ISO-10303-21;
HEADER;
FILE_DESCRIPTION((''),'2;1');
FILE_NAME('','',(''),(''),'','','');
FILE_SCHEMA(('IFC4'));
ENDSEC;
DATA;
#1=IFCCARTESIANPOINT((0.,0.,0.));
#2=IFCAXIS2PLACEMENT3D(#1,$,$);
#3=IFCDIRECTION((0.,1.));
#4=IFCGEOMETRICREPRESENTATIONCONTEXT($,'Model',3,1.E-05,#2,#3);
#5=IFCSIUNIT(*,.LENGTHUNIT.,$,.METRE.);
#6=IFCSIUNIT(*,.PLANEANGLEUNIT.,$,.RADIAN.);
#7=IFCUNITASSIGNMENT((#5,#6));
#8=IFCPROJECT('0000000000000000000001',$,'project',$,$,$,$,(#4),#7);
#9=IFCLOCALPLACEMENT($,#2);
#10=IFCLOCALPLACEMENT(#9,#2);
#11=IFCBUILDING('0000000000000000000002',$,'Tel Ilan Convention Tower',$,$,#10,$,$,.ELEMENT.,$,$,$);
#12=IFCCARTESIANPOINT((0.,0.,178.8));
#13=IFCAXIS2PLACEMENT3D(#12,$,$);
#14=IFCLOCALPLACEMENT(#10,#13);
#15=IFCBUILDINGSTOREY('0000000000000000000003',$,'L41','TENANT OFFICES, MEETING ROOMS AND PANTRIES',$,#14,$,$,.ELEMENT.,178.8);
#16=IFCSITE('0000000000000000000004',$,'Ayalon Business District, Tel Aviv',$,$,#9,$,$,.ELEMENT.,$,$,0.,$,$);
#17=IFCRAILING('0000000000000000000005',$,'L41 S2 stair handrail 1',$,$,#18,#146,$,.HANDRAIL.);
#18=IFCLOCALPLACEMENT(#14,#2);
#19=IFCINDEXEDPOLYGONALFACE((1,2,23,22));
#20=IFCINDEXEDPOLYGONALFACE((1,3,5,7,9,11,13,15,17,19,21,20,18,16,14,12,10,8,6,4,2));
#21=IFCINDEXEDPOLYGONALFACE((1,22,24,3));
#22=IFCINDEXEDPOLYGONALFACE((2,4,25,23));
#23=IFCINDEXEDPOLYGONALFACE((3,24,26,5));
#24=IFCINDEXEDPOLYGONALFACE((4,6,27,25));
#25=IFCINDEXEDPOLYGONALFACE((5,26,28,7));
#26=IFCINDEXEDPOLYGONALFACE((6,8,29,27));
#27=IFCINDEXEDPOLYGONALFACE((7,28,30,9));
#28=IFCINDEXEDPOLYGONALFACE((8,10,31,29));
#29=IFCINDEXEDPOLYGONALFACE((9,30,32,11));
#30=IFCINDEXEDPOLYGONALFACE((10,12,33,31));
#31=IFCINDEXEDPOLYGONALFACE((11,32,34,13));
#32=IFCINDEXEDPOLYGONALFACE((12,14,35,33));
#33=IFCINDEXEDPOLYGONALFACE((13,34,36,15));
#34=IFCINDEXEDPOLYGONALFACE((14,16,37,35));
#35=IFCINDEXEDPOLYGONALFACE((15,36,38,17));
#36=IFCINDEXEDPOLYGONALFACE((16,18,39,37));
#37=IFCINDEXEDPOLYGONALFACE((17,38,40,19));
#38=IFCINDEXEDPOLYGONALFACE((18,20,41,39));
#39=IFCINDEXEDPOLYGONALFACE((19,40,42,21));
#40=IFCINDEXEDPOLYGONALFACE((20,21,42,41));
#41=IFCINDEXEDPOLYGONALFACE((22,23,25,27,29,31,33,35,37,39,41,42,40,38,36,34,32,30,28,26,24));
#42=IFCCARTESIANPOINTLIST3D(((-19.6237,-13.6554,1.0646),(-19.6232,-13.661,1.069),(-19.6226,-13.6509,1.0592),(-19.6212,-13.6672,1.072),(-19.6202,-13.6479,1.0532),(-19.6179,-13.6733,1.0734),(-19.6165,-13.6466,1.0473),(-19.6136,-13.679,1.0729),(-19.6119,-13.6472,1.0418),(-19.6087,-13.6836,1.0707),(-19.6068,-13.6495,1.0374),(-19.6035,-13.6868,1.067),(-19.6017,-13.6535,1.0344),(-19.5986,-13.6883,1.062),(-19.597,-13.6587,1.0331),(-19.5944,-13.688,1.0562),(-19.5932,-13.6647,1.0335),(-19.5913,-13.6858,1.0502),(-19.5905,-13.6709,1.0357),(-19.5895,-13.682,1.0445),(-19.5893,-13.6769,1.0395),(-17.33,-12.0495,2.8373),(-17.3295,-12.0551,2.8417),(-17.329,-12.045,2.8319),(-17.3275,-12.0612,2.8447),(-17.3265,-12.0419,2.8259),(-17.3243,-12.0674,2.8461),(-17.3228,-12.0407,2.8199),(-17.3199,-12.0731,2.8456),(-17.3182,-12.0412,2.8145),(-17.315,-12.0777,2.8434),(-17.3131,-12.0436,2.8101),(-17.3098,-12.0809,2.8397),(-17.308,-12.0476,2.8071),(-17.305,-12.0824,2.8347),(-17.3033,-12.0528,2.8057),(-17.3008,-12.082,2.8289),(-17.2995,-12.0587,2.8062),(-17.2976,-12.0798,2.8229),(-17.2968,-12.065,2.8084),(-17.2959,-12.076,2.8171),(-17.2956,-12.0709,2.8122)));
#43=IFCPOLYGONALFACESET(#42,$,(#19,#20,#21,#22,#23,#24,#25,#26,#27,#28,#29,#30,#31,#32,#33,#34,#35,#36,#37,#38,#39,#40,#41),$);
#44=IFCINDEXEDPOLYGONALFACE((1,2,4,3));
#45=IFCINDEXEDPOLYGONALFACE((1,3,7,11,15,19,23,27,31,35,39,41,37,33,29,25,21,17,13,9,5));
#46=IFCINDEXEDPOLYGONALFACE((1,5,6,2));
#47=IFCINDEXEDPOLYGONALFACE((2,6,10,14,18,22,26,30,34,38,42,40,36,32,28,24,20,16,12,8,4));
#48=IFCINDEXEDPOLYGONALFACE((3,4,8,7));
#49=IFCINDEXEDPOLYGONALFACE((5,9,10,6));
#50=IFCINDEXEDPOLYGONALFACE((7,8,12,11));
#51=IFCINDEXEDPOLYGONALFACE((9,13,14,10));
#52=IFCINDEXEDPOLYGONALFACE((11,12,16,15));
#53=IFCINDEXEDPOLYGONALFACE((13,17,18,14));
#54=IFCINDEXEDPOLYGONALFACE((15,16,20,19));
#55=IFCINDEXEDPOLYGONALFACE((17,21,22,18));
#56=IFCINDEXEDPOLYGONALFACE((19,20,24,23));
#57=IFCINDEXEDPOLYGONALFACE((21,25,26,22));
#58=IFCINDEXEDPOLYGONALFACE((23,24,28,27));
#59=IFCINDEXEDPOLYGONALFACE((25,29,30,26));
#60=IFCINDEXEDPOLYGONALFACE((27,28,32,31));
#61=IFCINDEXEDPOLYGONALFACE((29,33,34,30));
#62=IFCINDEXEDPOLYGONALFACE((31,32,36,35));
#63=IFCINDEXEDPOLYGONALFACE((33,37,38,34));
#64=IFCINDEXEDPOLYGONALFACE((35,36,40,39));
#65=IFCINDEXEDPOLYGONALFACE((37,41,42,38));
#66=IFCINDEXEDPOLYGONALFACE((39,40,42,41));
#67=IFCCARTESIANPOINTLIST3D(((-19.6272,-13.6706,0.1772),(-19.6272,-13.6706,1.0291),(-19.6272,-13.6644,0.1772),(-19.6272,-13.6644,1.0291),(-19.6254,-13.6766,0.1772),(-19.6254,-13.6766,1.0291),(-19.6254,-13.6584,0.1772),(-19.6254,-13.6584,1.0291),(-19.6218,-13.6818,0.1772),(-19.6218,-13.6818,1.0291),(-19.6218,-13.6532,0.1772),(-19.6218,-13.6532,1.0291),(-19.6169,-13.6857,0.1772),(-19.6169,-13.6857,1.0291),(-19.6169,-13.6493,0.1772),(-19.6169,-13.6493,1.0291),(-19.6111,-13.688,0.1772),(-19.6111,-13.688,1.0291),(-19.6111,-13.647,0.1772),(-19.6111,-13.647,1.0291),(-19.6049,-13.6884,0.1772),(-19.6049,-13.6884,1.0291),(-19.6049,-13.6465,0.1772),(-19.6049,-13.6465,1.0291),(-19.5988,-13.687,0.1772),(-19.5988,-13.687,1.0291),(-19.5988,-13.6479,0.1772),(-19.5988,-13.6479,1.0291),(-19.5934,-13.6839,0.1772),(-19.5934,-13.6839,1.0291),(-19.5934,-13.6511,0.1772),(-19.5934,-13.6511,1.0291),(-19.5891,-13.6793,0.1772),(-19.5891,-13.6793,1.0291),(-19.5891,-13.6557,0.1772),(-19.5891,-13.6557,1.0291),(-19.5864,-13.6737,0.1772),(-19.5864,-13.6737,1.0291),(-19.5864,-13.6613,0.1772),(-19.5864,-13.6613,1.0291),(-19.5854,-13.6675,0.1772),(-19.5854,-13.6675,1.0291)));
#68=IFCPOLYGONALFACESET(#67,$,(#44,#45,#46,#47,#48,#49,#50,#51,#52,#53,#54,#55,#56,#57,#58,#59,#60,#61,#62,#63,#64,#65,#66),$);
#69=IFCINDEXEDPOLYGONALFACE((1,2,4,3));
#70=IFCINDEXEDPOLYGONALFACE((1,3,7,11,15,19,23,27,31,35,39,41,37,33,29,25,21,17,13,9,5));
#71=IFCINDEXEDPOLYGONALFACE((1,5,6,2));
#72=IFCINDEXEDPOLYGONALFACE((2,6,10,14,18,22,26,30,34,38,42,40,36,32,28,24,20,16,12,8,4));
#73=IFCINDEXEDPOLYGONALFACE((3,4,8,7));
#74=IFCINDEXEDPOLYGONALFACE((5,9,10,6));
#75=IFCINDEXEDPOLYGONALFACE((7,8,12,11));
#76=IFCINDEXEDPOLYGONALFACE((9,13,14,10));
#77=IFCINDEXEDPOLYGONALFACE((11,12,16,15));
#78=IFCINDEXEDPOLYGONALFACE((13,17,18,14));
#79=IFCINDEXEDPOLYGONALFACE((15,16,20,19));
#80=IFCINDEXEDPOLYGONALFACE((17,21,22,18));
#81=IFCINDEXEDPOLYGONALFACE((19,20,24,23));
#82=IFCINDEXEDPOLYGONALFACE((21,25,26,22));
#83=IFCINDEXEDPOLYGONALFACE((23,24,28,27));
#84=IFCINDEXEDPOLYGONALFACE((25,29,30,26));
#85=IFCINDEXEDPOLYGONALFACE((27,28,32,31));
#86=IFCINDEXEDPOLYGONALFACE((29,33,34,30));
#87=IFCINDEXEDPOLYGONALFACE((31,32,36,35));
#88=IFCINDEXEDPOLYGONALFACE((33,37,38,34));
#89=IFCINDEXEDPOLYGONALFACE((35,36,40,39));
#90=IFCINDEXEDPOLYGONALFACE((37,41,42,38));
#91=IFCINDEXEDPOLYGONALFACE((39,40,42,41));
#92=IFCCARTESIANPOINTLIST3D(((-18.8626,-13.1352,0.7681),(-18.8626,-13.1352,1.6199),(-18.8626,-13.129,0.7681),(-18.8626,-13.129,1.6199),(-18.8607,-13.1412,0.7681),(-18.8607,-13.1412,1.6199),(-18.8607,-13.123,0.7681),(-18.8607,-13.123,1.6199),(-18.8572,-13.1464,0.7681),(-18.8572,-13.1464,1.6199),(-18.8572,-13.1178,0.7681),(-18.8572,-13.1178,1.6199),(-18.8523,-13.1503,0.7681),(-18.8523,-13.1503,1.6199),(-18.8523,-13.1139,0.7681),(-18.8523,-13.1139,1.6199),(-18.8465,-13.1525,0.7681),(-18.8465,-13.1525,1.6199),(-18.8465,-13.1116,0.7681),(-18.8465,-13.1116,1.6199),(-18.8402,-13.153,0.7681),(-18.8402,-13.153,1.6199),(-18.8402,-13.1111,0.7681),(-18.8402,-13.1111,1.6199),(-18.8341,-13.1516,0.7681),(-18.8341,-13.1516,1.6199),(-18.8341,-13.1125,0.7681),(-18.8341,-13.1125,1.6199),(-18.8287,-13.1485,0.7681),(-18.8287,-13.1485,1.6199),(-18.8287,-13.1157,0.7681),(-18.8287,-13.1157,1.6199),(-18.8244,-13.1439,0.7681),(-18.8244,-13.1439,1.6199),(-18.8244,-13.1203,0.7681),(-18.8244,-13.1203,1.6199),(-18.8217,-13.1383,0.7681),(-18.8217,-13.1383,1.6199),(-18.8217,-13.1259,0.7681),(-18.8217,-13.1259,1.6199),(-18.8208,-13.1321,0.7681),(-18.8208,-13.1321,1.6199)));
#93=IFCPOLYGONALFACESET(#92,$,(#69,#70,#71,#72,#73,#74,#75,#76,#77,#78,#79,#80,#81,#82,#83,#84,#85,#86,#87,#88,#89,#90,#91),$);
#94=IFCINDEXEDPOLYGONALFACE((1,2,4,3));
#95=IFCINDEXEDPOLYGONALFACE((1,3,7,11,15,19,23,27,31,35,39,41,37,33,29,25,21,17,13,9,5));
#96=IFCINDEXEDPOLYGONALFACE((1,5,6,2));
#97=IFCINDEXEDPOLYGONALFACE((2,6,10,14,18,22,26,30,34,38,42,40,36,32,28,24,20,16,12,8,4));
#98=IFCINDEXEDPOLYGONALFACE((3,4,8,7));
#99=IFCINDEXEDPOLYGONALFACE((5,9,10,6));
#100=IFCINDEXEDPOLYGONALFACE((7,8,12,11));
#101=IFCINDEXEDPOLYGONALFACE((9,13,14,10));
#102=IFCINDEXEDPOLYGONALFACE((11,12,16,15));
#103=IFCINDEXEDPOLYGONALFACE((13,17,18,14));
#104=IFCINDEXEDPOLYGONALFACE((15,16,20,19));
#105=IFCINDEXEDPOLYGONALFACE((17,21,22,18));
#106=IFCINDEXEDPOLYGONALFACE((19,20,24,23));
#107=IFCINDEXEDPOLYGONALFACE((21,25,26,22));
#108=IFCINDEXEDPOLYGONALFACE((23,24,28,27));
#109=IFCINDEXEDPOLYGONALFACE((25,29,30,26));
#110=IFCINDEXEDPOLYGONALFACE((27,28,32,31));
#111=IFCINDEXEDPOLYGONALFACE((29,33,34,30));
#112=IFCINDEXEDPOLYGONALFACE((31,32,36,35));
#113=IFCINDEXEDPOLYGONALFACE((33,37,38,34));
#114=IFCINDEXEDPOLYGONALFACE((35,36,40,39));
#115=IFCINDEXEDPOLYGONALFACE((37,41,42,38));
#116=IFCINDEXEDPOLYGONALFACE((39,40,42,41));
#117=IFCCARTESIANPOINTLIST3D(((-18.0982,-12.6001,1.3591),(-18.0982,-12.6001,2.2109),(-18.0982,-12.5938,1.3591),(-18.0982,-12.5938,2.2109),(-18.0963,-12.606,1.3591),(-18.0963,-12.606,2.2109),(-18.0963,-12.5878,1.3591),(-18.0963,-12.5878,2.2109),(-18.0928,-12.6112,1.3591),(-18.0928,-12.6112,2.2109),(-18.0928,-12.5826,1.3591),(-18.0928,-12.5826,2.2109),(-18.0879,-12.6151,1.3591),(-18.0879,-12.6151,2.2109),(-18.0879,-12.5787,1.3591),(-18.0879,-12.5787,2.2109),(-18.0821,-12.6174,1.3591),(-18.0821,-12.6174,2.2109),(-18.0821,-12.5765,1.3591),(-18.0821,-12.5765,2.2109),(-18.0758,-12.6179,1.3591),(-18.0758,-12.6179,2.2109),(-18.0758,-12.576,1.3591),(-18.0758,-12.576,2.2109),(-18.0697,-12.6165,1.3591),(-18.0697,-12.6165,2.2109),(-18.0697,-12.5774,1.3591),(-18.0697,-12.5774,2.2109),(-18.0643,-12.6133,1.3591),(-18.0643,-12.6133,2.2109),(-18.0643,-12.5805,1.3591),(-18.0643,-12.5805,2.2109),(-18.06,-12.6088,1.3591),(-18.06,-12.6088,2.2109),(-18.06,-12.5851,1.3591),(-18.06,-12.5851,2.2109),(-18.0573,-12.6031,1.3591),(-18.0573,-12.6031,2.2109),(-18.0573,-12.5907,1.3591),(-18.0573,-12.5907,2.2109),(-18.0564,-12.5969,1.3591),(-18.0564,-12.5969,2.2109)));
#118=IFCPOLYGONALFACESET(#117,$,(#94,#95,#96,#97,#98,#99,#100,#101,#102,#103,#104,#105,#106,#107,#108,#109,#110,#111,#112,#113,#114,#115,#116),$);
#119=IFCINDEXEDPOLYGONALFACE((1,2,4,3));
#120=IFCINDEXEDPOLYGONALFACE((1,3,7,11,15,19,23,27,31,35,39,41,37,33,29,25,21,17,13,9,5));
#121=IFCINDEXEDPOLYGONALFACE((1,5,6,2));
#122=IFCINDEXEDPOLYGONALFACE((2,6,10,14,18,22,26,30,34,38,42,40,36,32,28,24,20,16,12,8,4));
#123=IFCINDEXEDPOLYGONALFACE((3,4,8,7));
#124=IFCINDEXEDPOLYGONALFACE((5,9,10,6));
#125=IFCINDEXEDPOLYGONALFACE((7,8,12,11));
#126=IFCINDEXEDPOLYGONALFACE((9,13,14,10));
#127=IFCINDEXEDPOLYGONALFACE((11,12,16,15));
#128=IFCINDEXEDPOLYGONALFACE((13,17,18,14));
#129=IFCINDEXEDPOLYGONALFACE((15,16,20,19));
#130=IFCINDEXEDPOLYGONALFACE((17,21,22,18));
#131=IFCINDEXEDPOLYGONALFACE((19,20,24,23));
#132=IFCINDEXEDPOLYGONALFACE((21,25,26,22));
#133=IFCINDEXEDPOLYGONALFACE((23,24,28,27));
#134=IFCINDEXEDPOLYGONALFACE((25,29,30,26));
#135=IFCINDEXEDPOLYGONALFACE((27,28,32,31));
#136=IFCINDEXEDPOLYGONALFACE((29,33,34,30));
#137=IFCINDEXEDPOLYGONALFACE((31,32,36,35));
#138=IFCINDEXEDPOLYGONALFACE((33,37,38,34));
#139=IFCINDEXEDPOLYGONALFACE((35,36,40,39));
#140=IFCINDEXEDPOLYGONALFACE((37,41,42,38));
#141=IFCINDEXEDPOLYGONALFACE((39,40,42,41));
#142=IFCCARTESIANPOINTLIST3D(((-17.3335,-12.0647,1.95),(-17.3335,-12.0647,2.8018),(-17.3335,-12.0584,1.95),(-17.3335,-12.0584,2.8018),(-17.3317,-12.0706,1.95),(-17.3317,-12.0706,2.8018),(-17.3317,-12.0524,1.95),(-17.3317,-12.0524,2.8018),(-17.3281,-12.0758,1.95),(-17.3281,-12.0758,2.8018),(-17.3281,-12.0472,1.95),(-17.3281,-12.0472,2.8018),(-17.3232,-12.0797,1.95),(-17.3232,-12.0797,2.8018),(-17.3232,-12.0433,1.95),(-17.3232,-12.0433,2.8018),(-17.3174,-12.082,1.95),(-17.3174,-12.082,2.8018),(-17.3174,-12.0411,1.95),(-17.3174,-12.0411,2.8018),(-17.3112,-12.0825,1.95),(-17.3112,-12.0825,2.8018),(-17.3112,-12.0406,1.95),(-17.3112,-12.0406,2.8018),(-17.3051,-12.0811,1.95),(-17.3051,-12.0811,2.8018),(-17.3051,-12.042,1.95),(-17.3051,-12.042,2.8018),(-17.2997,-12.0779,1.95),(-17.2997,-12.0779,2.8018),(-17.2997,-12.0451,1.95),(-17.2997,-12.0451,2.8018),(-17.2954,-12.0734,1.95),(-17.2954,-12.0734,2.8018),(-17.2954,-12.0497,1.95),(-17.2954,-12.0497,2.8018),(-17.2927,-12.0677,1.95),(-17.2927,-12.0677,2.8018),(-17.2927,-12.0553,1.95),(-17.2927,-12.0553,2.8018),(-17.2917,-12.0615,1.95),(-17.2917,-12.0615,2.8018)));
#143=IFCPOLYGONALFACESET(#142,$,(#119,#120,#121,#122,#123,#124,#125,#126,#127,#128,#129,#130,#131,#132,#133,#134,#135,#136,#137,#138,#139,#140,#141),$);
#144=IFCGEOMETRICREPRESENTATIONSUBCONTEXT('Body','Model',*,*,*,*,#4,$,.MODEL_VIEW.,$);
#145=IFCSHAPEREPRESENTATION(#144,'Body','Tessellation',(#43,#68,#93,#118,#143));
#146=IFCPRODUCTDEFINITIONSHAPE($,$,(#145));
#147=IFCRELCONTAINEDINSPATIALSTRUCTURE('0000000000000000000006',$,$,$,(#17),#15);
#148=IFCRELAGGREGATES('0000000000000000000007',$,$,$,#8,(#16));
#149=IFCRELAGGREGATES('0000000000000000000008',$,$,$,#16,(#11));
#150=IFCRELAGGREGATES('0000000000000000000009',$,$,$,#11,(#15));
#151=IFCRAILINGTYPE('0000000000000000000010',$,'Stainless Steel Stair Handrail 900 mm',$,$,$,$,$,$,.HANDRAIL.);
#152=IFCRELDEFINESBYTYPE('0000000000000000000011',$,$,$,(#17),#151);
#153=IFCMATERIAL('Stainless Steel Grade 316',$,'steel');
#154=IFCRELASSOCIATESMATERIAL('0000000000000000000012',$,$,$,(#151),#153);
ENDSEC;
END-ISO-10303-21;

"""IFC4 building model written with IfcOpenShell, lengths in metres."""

from ifc_helpers import new_model, si_unit, direction, frame, origin, origin_2d, place, context, subcontext, project, spatial, circle, extrude, material, type_object, element, save


model = new_model("IFC4")

# Units and contexts
model_context = context("Model", 3, precision=1e-05, world=origin(), true_north=direction((0.0, 1.0)))
body_context = subcontext(model_context, "Body", "Model", "MODEL_VIEW")
ifc_project = project(units=[si_unit("LENGTHUNIT", "METRE"), si_unit("PLANEANGLEUNIT", "RADIAN")], contexts=[model_context])

# Site, building, storey
site_placement = place(None, origin())
site = spatial("IfcSite", under=ifc_project, at=site_placement, Name="Ayalon Business District, Tel Aviv", CompositionType="ELEMENT", RefElevation=0.0)
building_placement = place(site_placement, origin())
building = spatial("IfcBuilding", under=site, at=building_placement, Name="Tel Ilan Convention Tower", CompositionType="ELEMENT")
storey_placement = place(building_placement, frame((0.0, 0.0, 178.8)))
storey = spatial("IfcBuildingStorey", under=building, at=storey_placement, Name="L41", Description="TENANT OFFICES, MEETING ROOMS AND PANTRIES", CompositionType="ELEMENT", Elevation=178.8)

# Railing
ifc_material_1 = material(Name="Stainless Steel Grade 316", Category="steel")
railing_type_1 = type_object("IfcRailingType", Name="Stainless Steel Stair Handrail 900 mm", PredefinedType="HANDRAIL", material=ifc_material_1)
railing_1_placement = place(storey_placement, frame((-19.6064, -13.6675, 0.1772)))
element("IfcRailing", 1, at=railing_1_placement, inside=storey, type_object=railing_type_1, Name="L41 S2 stair handrail 1", PredefinedType="HANDRAIL", context=body_context, shape_type="SweptSolid", body=[
    extrude(circle(Radius=0.0239, at=origin_2d()), frame((0.0, 0.0, 0.876), z_axis=(0.692123, 0.484597, 0.534913), x_axis=(-0.57355, 0.81917, 0.0)), (0.0, 0.0, 1.0), 3.314),
    extrude(circle(Radius=0.021, at=origin_2d()), origin(), (0.0, 0.0, 1.0), 0.8518),
    extrude(circle(Radius=0.021, at=origin_2d()), frame((0.7646, 0.5354, 0.5908)), (0.0, 0.0, 1.0), 0.8518),
    extrude(circle(Radius=0.021, at=origin_2d()), frame((1.5291, 1.0706, 1.1819)), (0.0, 0.0, 1.0), 0.8518),
    extrude(circle(Radius=0.021, at=origin_2d()), frame((2.2937, 1.606, 1.7727)), (0.0, 0.0, 1.0), 0.8518),
])

save(model, "model.ifc")
